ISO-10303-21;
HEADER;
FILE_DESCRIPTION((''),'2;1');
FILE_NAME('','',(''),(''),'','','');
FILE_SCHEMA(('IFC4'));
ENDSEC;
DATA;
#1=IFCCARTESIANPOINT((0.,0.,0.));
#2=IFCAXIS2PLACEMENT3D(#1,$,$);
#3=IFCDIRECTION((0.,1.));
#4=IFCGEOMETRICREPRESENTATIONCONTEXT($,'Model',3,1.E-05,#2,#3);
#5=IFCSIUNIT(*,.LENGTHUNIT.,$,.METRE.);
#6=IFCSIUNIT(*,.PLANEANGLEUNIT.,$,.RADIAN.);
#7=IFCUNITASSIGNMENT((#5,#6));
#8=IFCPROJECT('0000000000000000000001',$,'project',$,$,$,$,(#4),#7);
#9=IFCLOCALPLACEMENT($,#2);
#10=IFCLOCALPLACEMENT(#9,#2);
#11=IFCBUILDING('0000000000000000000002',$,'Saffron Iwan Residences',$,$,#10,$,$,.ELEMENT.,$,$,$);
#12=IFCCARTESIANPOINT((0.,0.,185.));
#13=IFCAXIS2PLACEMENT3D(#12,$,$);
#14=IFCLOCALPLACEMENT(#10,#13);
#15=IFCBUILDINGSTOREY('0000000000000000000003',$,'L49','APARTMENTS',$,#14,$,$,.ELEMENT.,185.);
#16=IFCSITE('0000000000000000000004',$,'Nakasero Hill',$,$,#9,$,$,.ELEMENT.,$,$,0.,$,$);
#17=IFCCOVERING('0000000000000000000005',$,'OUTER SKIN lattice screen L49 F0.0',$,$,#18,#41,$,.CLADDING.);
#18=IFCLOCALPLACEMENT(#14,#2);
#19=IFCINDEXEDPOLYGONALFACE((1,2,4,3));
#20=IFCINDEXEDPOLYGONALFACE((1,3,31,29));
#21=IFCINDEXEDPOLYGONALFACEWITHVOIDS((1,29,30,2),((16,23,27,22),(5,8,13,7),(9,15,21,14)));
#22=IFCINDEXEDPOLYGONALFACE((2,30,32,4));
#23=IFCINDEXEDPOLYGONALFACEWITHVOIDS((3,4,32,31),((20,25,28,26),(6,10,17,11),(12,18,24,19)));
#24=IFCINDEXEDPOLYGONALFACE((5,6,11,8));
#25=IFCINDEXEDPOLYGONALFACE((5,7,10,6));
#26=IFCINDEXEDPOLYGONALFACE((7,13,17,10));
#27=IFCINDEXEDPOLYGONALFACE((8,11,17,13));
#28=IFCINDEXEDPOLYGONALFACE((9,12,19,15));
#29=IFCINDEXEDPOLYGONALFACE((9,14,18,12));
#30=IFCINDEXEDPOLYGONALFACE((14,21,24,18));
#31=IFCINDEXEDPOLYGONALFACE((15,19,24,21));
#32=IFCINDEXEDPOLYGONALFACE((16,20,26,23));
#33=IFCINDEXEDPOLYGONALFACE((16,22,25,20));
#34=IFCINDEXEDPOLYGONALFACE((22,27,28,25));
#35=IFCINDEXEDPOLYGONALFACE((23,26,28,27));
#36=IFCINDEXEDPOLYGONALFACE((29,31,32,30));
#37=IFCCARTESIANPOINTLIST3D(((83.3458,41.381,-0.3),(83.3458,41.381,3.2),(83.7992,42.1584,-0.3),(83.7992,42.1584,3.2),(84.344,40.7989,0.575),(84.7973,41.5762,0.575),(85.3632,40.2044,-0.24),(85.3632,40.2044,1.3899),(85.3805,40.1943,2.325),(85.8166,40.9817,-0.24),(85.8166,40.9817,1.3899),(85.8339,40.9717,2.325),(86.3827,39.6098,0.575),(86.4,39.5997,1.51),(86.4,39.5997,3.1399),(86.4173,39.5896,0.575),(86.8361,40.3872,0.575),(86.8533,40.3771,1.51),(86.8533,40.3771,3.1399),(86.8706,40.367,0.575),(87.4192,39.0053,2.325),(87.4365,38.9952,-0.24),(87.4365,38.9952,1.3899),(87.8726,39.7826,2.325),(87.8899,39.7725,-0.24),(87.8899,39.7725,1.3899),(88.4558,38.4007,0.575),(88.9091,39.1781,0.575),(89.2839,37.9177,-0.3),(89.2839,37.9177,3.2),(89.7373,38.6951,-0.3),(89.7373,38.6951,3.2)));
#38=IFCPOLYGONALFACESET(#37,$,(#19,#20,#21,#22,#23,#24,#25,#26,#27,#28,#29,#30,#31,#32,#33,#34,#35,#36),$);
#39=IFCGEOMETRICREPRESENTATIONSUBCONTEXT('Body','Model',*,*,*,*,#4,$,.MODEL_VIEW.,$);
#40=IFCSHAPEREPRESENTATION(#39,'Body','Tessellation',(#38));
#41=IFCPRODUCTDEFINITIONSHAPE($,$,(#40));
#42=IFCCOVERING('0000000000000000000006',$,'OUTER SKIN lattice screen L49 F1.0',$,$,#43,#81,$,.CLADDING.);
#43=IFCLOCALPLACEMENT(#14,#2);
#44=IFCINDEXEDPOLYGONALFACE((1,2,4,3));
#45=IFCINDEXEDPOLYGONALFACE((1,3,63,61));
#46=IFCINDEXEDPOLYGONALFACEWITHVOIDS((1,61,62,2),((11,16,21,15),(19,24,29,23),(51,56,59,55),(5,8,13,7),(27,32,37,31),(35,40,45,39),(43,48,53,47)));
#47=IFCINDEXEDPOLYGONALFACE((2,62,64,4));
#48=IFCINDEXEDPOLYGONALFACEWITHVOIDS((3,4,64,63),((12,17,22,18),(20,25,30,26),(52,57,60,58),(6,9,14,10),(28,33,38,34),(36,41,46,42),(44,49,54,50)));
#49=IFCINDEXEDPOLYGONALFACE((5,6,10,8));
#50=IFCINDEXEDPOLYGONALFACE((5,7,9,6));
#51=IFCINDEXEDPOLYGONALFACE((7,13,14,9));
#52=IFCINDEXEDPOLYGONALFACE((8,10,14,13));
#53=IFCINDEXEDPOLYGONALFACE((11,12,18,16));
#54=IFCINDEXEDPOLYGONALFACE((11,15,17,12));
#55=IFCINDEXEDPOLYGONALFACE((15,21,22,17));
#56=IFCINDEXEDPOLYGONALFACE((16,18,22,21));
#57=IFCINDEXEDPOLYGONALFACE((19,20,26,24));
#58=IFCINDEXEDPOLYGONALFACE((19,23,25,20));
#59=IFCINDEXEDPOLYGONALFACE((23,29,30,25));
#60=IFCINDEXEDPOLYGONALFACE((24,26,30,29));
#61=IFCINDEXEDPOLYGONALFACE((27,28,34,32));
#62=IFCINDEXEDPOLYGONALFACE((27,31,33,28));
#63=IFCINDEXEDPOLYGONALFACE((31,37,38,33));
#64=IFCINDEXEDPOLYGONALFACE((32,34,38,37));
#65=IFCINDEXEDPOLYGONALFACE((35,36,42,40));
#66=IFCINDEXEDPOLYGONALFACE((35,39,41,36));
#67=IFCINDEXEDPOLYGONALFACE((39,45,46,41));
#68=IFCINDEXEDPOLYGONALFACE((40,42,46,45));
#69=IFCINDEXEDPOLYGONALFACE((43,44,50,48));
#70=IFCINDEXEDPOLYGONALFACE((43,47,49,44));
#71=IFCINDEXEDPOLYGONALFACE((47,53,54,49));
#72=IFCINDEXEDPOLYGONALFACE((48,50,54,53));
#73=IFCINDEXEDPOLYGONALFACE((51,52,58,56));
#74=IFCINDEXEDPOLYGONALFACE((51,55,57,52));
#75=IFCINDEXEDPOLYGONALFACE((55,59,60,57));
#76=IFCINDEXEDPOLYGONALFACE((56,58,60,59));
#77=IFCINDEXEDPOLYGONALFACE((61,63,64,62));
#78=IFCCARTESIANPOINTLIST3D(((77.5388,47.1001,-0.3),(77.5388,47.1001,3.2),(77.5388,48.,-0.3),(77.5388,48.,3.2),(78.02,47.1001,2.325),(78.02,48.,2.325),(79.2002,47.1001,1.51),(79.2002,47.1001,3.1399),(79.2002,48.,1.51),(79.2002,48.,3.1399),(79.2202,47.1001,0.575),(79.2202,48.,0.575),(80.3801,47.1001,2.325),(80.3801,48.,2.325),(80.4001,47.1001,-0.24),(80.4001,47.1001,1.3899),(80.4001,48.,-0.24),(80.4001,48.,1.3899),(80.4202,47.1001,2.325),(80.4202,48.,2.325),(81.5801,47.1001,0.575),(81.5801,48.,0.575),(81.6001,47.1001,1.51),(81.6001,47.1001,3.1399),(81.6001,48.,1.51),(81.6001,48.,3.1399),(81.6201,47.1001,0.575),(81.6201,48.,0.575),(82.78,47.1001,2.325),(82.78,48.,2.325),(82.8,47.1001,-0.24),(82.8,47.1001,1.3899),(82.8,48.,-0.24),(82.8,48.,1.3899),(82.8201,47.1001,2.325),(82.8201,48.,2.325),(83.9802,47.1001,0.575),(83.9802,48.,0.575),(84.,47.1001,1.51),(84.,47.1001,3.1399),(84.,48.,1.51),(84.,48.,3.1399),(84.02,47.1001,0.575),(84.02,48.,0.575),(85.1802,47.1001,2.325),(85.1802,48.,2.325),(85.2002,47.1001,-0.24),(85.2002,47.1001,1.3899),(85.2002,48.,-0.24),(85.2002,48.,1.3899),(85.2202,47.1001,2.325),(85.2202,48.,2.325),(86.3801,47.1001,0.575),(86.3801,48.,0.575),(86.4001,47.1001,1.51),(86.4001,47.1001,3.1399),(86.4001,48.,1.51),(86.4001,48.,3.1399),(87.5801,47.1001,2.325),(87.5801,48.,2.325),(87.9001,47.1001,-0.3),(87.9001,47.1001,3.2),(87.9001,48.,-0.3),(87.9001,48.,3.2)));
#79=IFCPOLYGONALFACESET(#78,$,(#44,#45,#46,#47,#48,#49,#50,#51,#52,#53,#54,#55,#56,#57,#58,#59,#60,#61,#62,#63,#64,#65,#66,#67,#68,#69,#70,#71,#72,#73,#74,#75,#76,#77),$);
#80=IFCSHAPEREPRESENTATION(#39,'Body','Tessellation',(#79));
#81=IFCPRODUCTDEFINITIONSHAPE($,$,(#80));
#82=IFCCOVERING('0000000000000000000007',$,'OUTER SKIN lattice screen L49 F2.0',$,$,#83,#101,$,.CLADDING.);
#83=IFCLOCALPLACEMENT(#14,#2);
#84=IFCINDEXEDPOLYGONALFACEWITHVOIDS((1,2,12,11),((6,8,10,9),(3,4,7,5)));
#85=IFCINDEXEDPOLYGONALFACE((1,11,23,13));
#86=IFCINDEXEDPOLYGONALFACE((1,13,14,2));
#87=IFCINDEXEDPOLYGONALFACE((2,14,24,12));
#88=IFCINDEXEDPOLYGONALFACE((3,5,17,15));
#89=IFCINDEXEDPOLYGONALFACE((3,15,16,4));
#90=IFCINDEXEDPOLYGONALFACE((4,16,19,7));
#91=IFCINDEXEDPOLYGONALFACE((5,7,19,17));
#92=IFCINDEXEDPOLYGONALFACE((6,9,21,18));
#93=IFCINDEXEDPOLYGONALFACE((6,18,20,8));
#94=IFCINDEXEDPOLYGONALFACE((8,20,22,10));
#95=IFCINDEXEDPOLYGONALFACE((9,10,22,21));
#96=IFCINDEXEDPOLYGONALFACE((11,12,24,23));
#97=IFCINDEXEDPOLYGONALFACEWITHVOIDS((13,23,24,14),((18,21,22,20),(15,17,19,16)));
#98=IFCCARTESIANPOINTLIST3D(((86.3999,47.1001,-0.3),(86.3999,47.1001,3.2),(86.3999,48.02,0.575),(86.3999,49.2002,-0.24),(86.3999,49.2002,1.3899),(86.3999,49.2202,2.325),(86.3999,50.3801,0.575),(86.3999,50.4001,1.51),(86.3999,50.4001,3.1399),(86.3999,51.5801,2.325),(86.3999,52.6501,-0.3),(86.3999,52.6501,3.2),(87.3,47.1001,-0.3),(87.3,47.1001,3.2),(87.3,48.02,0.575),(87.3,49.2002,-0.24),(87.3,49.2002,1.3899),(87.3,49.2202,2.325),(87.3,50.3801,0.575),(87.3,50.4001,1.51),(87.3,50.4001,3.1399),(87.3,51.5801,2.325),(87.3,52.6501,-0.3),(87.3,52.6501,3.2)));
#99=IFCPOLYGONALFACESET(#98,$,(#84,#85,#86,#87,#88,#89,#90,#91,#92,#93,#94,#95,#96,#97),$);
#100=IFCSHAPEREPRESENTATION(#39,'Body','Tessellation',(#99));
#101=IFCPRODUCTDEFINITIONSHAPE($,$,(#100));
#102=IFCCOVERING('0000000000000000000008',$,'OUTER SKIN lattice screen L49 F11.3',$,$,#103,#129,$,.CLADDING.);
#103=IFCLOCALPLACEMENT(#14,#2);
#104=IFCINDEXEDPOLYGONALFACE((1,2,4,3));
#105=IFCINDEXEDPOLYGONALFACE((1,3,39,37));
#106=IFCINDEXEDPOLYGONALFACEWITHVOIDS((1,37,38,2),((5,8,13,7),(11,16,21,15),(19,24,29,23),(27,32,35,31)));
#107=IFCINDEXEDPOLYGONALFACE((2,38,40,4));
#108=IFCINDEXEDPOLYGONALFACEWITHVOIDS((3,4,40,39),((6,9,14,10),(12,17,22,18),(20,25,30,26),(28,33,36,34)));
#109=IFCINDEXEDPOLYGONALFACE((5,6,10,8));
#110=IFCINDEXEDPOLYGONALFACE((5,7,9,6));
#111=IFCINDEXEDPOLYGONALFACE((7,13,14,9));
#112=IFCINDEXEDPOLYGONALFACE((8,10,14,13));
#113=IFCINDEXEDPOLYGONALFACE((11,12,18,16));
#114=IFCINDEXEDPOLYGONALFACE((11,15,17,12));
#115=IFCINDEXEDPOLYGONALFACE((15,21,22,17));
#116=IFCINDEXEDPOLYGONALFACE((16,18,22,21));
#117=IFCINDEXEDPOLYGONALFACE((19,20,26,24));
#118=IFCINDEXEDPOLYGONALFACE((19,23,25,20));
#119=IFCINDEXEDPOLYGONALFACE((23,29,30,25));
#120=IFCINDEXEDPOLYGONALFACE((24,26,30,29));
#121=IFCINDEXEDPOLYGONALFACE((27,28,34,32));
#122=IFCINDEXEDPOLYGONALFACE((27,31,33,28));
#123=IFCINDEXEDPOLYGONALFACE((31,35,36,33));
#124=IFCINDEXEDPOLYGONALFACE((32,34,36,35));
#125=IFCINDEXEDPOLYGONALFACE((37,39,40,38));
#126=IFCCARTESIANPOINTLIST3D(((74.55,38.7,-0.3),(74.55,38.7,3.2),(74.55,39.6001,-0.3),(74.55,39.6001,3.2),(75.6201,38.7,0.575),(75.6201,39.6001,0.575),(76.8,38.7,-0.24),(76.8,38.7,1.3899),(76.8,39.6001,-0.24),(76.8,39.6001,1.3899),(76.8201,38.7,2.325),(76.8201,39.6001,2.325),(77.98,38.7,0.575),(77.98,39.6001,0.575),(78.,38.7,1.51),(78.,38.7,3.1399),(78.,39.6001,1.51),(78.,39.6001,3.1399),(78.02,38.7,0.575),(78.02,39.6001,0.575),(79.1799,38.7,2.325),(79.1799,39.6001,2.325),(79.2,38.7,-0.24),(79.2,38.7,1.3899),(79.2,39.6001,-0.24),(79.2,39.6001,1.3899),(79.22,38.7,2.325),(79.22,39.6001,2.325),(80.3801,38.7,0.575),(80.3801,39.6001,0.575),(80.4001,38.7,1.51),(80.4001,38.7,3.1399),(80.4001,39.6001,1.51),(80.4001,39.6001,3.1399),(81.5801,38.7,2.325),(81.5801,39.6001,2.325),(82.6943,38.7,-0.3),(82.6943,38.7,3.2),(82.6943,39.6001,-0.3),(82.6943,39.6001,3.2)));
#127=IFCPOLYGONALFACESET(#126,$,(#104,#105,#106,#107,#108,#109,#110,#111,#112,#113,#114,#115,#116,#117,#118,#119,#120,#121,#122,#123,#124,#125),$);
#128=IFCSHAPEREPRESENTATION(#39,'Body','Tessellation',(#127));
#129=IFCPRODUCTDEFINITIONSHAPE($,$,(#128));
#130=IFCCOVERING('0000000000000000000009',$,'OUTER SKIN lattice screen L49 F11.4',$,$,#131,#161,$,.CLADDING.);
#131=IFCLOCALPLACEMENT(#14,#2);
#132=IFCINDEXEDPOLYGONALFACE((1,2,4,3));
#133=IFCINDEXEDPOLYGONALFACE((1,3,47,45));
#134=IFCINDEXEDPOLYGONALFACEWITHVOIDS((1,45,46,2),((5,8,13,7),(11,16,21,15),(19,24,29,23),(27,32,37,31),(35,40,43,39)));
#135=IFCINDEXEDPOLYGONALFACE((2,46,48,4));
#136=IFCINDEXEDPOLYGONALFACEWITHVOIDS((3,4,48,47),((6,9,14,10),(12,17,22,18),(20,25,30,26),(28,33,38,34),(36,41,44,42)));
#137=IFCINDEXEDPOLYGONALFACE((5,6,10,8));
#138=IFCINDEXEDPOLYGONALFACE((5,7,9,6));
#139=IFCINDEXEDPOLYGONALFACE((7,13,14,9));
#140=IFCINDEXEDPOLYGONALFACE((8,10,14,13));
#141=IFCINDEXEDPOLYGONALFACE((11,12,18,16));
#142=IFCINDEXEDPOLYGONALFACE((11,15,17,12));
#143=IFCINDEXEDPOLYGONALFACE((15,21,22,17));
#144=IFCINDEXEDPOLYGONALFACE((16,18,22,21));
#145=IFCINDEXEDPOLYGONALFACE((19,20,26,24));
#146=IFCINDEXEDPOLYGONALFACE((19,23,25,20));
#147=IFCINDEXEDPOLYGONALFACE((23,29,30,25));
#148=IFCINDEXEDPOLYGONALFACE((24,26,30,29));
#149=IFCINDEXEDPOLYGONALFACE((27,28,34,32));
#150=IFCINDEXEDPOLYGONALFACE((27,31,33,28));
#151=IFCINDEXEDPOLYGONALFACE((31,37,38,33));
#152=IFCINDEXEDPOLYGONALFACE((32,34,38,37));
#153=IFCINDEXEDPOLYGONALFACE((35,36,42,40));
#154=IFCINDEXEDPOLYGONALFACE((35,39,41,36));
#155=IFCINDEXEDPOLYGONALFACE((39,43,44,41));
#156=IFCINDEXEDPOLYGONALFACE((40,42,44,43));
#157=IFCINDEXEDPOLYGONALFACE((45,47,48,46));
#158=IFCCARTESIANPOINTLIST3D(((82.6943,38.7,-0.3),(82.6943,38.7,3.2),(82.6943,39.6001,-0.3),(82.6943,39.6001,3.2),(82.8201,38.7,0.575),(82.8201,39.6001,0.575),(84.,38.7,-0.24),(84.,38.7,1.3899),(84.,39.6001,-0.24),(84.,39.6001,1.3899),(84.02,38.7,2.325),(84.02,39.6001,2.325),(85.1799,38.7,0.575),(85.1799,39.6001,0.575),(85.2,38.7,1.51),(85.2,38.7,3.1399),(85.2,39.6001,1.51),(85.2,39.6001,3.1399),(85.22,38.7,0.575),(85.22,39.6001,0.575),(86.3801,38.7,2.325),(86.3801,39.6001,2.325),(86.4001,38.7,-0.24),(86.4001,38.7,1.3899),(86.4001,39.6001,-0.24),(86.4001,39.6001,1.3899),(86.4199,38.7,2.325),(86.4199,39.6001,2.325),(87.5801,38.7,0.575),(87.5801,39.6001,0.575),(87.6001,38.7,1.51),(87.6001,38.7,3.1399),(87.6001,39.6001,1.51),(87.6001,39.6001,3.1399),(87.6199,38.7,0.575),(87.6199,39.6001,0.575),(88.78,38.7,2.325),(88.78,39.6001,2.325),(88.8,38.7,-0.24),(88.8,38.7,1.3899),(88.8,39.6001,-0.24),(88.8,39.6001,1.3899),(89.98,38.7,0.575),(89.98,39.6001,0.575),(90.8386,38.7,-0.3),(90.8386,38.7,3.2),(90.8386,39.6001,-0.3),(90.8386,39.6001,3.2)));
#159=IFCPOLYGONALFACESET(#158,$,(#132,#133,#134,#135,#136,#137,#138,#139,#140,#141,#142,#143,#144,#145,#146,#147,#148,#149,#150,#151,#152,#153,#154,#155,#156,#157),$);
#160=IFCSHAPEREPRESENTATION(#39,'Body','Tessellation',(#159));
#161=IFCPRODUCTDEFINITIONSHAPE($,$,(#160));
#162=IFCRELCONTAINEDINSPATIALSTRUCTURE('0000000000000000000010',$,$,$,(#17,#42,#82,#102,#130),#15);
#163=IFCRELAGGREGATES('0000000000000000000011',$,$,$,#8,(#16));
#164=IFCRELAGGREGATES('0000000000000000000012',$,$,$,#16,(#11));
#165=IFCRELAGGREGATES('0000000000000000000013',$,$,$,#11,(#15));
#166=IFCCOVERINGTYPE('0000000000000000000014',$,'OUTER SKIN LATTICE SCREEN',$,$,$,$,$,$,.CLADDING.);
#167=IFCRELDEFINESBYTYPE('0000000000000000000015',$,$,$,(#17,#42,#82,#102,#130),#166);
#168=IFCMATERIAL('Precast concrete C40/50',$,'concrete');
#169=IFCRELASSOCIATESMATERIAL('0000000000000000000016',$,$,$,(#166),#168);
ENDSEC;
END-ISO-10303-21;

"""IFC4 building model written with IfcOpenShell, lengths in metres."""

from ifc_helpers import new_model, si_unit, direction, frame, origin, place, context, subcontext, project, spatial, polyline, outline, extrude, material, type_object, element, save


model = new_model("IFC4")

# Units and contexts
model_context = context("Model", 3, precision=1e-05, world=origin(), true_north=direction((0.0, 1.0)))
body_context = subcontext(model_context, "Body", "Model", "MODEL_VIEW")
ifc_project = project(units=[si_unit("LENGTHUNIT", "METRE"), si_unit("PLANEANGLEUNIT", "RADIAN")], contexts=[model_context])

# Site, building, storey
site_placement = place(None, origin())
site = spatial("IfcSite", under=ifc_project, at=site_placement, Name="Nakasero Hill", CompositionType="ELEMENT", RefElevation=0.0)
building_placement = place(site_placement, origin())
building = spatial("IfcBuilding", under=site, at=building_placement, Name="Saffron Iwan Residences", CompositionType="ELEMENT")
storey_placement = place(building_placement, frame((0.0, 0.0, 185.0)))
storey = spatial("IfcBuildingStorey", under=building, at=storey_placement, Name="L49", Description="APARTMENTS", CompositionType="ELEMENT", Elevation=185.0)

# Coverings
ifc_material_1 = material(Name="Precast concrete C40/50", Category="concrete")
covering_type = type_object("IfcCoveringType", Name="OUTER SKIN LATTICE SCREEN", PredefinedType="CLADDING", material=ifc_material_1)
covering_1_placement = place(storey_placement, frame((89.2839, 37.9177, -0.3), z_axis=(0.503804, 0.863818, 0.0), x_axis=(-0.863818, 0.503804, 0.0)))
element("IfcCovering", 1, at=covering_1_placement, inside=storey, type_object=covering_type, Name="OUTER SKIN lattice screen L49 F0.0", PredefinedType="CLADDING", context=body_context, shape_type="SweptSolid", body=[
    extrude(outline(polyline([(0.0, 0.0), (6.8743, 0.0), (6.8743, 3.5), (0.0, 3.5), (0.0, 0.0)]), holes=[polyline([(0.9587, 0.875), (2.1387, 0.0601), (3.3186, 0.875), (2.1387, 1.6899), (0.9587, 0.875)]), polyline([(3.3586, 0.875), (4.5388, 0.0601), (5.7188, 0.875), (4.5388, 1.6899), (3.3586, 0.875)]), polyline([(2.1587, 2.625), (3.3386, 1.8101), (4.5188, 2.625), (3.3386, 3.4399), (2.1587, 2.625)])]), origin(), (0.0, 0.0, 1.0), 0.8999),
])
covering_2_placement = place(storey_placement, frame((77.5388, 48.0, -0.3), z_axis=(0.0, -1.0, 0.0), x_axis=(1.0, 0.0, 0.0)))
element("IfcCovering", 2, at=covering_2_placement, inside=storey, type_object=covering_type, Name="OUTER SKIN lattice screen L49 F1.0", PredefinedType="CLADDING", context=body_context, shape_type="SweptSolid", body=[
    extrude(outline(polyline([(0.0, 0.0), (10.3613, 0.0), (10.3613, 3.5), (0.0, 3.5), (0.0, 0.0)]), holes=[polyline([(1.6814, 0.875), (2.8613, 0.0601), (4.0413, 0.875), (2.8613, 1.6899), (1.6814, 0.875)]), polyline([(4.0813, 0.875), (5.2612, 0.0601), (6.4414, 0.875), (5.2612, 1.6899), (4.0813, 0.875)]), polyline([(6.4812, 0.875), (7.6614, 0.0601), (8.8413, 0.875), (7.6614, 1.6899), (6.4812, 0.875)]), polyline([(0.4812, 2.625), (1.6614, 1.8101), (2.8413, 2.625), (1.6614, 3.4399), (0.4812, 2.625)]), polyline([(2.8813, 2.625), (4.0613, 1.8101), (5.2412, 2.625), (4.0613, 3.4399), (2.8813, 2.625)]), polyline([(5.2812, 2.625), (6.4612, 1.8101), (7.6414, 2.625), (6.4612, 3.4399), (5.2812, 2.625)]), polyline([(7.6814, 2.625), (8.8613, 1.8101), (10.0413, 2.625), (8.8613, 3.4399), (7.6814, 2.625)])]), origin(), (0.0, 0.0, 1.0), 0.8999),
])
covering_3_placement = place(storey_placement, frame((86.3999, 47.1001, -0.3), z_axis=(1.0, 0.0, 0.0), x_axis=(0.0, 1.0, 0.0)))
element("IfcCovering", 3, at=covering_3_placement, inside=storey, type_object=covering_type, Name="OUTER SKIN lattice screen L49 F2.0", PredefinedType="CLADDING", context=body_context, shape_type="SweptSolid", body=[
    extrude(outline(polyline([(0.0, 0.0), (5.55, 0.0), (5.55, 3.5), (0.0, 3.5), (0.0, 0.0)]), holes=[polyline([(0.9199, 0.875), (2.1001, 0.0601), (3.28, 0.875), (2.1001, 1.6899), (0.9199, 0.875)]), polyline([(2.1201, 2.625), (3.3, 1.8101), (4.48, 2.625), (3.3, 3.4399), (2.1201, 2.625)])]), origin(), (0.0, 0.0, 1.0), 0.9001),
])
covering_4_placement = place(storey_placement, frame((74.55, 39.6001, -0.3), z_axis=(0.0, -1.0, 0.0), x_axis=(1.0, 0.0, 0.0)))
element("IfcCovering", 4, at=covering_4_placement, inside=storey, type_object=covering_type, Name="OUTER SKIN lattice screen L49 F11.3", PredefinedType="CLADDING", context=body_context, shape_type="SweptSolid", body=[
    extrude(outline(polyline([(0.0, 0.0), (8.1443, 0.0), (8.1443, 3.5), (0.0, 3.5), (0.0, 0.0)]), holes=[polyline([(1.0701, 0.875), (2.25, 0.0601), (3.4299, 0.875), (2.25, 1.6899), (1.0701, 0.875)]), polyline([(3.47, 0.875), (4.6499, 0.0601), (5.8301, 0.875), (4.6499, 1.6899), (3.47, 0.875)]), polyline([(2.27, 2.625), (3.45, 1.8101), (4.6299, 2.625), (3.45, 3.4399), (2.27, 2.625)]), polyline([(4.6699, 2.625), (5.8501, 1.8101), (7.03, 2.625), (5.8501, 3.4399), (4.6699, 2.625)])]), origin(), (0.0, 0.0, 1.0), 0.9001),
])
covering_5_placement = place(storey_placement, frame((82.6943, 39.6001, -0.3), z_axis=(0.0, -1.0, 0.0), x_axis=(1.0, 0.0, 0.0)))
element("IfcCovering", 5, at=covering_5_placement, inside=storey, type_object=covering_type, Name="OUTER SKIN lattice screen L49 F11.4", PredefinedType="CLADDING", context=body_context, shape_type="SweptSolid", body=[
    extrude(outline(polyline([(0.0, 0.0), (8.1443, 0.0), (8.1443, 3.5), (0.0, 3.5), (0.0, 0.0)]), holes=[polyline([(0.1257, 0.875), (1.3057, 0.0601), (2.4856, 0.875), (1.3057, 1.6899), (0.1257, 0.875)]), polyline([(2.5256, 0.875), (3.7058, 0.0601), (4.8857, 0.875), (3.7058, 1.6899), (2.5256, 0.875)]), polyline([(4.9255, 0.875), (6.1057, 0.0601), (7.2856, 0.875), (6.1057, 1.6899), (4.9255, 0.875)]), polyline([(1.3257, 2.625), (2.5056, 1.8101), (3.6858, 2.625), (2.5056, 3.4399), (1.3257, 2.625)]), polyline([(3.7256, 2.625), (4.9058, 1.8101), (6.0857, 2.625), (4.9058, 3.4399), (3.7256, 2.625)])]), origin(), (0.0, 0.0, 1.0), 0.9001),
])

save(model, "model.ifc")
